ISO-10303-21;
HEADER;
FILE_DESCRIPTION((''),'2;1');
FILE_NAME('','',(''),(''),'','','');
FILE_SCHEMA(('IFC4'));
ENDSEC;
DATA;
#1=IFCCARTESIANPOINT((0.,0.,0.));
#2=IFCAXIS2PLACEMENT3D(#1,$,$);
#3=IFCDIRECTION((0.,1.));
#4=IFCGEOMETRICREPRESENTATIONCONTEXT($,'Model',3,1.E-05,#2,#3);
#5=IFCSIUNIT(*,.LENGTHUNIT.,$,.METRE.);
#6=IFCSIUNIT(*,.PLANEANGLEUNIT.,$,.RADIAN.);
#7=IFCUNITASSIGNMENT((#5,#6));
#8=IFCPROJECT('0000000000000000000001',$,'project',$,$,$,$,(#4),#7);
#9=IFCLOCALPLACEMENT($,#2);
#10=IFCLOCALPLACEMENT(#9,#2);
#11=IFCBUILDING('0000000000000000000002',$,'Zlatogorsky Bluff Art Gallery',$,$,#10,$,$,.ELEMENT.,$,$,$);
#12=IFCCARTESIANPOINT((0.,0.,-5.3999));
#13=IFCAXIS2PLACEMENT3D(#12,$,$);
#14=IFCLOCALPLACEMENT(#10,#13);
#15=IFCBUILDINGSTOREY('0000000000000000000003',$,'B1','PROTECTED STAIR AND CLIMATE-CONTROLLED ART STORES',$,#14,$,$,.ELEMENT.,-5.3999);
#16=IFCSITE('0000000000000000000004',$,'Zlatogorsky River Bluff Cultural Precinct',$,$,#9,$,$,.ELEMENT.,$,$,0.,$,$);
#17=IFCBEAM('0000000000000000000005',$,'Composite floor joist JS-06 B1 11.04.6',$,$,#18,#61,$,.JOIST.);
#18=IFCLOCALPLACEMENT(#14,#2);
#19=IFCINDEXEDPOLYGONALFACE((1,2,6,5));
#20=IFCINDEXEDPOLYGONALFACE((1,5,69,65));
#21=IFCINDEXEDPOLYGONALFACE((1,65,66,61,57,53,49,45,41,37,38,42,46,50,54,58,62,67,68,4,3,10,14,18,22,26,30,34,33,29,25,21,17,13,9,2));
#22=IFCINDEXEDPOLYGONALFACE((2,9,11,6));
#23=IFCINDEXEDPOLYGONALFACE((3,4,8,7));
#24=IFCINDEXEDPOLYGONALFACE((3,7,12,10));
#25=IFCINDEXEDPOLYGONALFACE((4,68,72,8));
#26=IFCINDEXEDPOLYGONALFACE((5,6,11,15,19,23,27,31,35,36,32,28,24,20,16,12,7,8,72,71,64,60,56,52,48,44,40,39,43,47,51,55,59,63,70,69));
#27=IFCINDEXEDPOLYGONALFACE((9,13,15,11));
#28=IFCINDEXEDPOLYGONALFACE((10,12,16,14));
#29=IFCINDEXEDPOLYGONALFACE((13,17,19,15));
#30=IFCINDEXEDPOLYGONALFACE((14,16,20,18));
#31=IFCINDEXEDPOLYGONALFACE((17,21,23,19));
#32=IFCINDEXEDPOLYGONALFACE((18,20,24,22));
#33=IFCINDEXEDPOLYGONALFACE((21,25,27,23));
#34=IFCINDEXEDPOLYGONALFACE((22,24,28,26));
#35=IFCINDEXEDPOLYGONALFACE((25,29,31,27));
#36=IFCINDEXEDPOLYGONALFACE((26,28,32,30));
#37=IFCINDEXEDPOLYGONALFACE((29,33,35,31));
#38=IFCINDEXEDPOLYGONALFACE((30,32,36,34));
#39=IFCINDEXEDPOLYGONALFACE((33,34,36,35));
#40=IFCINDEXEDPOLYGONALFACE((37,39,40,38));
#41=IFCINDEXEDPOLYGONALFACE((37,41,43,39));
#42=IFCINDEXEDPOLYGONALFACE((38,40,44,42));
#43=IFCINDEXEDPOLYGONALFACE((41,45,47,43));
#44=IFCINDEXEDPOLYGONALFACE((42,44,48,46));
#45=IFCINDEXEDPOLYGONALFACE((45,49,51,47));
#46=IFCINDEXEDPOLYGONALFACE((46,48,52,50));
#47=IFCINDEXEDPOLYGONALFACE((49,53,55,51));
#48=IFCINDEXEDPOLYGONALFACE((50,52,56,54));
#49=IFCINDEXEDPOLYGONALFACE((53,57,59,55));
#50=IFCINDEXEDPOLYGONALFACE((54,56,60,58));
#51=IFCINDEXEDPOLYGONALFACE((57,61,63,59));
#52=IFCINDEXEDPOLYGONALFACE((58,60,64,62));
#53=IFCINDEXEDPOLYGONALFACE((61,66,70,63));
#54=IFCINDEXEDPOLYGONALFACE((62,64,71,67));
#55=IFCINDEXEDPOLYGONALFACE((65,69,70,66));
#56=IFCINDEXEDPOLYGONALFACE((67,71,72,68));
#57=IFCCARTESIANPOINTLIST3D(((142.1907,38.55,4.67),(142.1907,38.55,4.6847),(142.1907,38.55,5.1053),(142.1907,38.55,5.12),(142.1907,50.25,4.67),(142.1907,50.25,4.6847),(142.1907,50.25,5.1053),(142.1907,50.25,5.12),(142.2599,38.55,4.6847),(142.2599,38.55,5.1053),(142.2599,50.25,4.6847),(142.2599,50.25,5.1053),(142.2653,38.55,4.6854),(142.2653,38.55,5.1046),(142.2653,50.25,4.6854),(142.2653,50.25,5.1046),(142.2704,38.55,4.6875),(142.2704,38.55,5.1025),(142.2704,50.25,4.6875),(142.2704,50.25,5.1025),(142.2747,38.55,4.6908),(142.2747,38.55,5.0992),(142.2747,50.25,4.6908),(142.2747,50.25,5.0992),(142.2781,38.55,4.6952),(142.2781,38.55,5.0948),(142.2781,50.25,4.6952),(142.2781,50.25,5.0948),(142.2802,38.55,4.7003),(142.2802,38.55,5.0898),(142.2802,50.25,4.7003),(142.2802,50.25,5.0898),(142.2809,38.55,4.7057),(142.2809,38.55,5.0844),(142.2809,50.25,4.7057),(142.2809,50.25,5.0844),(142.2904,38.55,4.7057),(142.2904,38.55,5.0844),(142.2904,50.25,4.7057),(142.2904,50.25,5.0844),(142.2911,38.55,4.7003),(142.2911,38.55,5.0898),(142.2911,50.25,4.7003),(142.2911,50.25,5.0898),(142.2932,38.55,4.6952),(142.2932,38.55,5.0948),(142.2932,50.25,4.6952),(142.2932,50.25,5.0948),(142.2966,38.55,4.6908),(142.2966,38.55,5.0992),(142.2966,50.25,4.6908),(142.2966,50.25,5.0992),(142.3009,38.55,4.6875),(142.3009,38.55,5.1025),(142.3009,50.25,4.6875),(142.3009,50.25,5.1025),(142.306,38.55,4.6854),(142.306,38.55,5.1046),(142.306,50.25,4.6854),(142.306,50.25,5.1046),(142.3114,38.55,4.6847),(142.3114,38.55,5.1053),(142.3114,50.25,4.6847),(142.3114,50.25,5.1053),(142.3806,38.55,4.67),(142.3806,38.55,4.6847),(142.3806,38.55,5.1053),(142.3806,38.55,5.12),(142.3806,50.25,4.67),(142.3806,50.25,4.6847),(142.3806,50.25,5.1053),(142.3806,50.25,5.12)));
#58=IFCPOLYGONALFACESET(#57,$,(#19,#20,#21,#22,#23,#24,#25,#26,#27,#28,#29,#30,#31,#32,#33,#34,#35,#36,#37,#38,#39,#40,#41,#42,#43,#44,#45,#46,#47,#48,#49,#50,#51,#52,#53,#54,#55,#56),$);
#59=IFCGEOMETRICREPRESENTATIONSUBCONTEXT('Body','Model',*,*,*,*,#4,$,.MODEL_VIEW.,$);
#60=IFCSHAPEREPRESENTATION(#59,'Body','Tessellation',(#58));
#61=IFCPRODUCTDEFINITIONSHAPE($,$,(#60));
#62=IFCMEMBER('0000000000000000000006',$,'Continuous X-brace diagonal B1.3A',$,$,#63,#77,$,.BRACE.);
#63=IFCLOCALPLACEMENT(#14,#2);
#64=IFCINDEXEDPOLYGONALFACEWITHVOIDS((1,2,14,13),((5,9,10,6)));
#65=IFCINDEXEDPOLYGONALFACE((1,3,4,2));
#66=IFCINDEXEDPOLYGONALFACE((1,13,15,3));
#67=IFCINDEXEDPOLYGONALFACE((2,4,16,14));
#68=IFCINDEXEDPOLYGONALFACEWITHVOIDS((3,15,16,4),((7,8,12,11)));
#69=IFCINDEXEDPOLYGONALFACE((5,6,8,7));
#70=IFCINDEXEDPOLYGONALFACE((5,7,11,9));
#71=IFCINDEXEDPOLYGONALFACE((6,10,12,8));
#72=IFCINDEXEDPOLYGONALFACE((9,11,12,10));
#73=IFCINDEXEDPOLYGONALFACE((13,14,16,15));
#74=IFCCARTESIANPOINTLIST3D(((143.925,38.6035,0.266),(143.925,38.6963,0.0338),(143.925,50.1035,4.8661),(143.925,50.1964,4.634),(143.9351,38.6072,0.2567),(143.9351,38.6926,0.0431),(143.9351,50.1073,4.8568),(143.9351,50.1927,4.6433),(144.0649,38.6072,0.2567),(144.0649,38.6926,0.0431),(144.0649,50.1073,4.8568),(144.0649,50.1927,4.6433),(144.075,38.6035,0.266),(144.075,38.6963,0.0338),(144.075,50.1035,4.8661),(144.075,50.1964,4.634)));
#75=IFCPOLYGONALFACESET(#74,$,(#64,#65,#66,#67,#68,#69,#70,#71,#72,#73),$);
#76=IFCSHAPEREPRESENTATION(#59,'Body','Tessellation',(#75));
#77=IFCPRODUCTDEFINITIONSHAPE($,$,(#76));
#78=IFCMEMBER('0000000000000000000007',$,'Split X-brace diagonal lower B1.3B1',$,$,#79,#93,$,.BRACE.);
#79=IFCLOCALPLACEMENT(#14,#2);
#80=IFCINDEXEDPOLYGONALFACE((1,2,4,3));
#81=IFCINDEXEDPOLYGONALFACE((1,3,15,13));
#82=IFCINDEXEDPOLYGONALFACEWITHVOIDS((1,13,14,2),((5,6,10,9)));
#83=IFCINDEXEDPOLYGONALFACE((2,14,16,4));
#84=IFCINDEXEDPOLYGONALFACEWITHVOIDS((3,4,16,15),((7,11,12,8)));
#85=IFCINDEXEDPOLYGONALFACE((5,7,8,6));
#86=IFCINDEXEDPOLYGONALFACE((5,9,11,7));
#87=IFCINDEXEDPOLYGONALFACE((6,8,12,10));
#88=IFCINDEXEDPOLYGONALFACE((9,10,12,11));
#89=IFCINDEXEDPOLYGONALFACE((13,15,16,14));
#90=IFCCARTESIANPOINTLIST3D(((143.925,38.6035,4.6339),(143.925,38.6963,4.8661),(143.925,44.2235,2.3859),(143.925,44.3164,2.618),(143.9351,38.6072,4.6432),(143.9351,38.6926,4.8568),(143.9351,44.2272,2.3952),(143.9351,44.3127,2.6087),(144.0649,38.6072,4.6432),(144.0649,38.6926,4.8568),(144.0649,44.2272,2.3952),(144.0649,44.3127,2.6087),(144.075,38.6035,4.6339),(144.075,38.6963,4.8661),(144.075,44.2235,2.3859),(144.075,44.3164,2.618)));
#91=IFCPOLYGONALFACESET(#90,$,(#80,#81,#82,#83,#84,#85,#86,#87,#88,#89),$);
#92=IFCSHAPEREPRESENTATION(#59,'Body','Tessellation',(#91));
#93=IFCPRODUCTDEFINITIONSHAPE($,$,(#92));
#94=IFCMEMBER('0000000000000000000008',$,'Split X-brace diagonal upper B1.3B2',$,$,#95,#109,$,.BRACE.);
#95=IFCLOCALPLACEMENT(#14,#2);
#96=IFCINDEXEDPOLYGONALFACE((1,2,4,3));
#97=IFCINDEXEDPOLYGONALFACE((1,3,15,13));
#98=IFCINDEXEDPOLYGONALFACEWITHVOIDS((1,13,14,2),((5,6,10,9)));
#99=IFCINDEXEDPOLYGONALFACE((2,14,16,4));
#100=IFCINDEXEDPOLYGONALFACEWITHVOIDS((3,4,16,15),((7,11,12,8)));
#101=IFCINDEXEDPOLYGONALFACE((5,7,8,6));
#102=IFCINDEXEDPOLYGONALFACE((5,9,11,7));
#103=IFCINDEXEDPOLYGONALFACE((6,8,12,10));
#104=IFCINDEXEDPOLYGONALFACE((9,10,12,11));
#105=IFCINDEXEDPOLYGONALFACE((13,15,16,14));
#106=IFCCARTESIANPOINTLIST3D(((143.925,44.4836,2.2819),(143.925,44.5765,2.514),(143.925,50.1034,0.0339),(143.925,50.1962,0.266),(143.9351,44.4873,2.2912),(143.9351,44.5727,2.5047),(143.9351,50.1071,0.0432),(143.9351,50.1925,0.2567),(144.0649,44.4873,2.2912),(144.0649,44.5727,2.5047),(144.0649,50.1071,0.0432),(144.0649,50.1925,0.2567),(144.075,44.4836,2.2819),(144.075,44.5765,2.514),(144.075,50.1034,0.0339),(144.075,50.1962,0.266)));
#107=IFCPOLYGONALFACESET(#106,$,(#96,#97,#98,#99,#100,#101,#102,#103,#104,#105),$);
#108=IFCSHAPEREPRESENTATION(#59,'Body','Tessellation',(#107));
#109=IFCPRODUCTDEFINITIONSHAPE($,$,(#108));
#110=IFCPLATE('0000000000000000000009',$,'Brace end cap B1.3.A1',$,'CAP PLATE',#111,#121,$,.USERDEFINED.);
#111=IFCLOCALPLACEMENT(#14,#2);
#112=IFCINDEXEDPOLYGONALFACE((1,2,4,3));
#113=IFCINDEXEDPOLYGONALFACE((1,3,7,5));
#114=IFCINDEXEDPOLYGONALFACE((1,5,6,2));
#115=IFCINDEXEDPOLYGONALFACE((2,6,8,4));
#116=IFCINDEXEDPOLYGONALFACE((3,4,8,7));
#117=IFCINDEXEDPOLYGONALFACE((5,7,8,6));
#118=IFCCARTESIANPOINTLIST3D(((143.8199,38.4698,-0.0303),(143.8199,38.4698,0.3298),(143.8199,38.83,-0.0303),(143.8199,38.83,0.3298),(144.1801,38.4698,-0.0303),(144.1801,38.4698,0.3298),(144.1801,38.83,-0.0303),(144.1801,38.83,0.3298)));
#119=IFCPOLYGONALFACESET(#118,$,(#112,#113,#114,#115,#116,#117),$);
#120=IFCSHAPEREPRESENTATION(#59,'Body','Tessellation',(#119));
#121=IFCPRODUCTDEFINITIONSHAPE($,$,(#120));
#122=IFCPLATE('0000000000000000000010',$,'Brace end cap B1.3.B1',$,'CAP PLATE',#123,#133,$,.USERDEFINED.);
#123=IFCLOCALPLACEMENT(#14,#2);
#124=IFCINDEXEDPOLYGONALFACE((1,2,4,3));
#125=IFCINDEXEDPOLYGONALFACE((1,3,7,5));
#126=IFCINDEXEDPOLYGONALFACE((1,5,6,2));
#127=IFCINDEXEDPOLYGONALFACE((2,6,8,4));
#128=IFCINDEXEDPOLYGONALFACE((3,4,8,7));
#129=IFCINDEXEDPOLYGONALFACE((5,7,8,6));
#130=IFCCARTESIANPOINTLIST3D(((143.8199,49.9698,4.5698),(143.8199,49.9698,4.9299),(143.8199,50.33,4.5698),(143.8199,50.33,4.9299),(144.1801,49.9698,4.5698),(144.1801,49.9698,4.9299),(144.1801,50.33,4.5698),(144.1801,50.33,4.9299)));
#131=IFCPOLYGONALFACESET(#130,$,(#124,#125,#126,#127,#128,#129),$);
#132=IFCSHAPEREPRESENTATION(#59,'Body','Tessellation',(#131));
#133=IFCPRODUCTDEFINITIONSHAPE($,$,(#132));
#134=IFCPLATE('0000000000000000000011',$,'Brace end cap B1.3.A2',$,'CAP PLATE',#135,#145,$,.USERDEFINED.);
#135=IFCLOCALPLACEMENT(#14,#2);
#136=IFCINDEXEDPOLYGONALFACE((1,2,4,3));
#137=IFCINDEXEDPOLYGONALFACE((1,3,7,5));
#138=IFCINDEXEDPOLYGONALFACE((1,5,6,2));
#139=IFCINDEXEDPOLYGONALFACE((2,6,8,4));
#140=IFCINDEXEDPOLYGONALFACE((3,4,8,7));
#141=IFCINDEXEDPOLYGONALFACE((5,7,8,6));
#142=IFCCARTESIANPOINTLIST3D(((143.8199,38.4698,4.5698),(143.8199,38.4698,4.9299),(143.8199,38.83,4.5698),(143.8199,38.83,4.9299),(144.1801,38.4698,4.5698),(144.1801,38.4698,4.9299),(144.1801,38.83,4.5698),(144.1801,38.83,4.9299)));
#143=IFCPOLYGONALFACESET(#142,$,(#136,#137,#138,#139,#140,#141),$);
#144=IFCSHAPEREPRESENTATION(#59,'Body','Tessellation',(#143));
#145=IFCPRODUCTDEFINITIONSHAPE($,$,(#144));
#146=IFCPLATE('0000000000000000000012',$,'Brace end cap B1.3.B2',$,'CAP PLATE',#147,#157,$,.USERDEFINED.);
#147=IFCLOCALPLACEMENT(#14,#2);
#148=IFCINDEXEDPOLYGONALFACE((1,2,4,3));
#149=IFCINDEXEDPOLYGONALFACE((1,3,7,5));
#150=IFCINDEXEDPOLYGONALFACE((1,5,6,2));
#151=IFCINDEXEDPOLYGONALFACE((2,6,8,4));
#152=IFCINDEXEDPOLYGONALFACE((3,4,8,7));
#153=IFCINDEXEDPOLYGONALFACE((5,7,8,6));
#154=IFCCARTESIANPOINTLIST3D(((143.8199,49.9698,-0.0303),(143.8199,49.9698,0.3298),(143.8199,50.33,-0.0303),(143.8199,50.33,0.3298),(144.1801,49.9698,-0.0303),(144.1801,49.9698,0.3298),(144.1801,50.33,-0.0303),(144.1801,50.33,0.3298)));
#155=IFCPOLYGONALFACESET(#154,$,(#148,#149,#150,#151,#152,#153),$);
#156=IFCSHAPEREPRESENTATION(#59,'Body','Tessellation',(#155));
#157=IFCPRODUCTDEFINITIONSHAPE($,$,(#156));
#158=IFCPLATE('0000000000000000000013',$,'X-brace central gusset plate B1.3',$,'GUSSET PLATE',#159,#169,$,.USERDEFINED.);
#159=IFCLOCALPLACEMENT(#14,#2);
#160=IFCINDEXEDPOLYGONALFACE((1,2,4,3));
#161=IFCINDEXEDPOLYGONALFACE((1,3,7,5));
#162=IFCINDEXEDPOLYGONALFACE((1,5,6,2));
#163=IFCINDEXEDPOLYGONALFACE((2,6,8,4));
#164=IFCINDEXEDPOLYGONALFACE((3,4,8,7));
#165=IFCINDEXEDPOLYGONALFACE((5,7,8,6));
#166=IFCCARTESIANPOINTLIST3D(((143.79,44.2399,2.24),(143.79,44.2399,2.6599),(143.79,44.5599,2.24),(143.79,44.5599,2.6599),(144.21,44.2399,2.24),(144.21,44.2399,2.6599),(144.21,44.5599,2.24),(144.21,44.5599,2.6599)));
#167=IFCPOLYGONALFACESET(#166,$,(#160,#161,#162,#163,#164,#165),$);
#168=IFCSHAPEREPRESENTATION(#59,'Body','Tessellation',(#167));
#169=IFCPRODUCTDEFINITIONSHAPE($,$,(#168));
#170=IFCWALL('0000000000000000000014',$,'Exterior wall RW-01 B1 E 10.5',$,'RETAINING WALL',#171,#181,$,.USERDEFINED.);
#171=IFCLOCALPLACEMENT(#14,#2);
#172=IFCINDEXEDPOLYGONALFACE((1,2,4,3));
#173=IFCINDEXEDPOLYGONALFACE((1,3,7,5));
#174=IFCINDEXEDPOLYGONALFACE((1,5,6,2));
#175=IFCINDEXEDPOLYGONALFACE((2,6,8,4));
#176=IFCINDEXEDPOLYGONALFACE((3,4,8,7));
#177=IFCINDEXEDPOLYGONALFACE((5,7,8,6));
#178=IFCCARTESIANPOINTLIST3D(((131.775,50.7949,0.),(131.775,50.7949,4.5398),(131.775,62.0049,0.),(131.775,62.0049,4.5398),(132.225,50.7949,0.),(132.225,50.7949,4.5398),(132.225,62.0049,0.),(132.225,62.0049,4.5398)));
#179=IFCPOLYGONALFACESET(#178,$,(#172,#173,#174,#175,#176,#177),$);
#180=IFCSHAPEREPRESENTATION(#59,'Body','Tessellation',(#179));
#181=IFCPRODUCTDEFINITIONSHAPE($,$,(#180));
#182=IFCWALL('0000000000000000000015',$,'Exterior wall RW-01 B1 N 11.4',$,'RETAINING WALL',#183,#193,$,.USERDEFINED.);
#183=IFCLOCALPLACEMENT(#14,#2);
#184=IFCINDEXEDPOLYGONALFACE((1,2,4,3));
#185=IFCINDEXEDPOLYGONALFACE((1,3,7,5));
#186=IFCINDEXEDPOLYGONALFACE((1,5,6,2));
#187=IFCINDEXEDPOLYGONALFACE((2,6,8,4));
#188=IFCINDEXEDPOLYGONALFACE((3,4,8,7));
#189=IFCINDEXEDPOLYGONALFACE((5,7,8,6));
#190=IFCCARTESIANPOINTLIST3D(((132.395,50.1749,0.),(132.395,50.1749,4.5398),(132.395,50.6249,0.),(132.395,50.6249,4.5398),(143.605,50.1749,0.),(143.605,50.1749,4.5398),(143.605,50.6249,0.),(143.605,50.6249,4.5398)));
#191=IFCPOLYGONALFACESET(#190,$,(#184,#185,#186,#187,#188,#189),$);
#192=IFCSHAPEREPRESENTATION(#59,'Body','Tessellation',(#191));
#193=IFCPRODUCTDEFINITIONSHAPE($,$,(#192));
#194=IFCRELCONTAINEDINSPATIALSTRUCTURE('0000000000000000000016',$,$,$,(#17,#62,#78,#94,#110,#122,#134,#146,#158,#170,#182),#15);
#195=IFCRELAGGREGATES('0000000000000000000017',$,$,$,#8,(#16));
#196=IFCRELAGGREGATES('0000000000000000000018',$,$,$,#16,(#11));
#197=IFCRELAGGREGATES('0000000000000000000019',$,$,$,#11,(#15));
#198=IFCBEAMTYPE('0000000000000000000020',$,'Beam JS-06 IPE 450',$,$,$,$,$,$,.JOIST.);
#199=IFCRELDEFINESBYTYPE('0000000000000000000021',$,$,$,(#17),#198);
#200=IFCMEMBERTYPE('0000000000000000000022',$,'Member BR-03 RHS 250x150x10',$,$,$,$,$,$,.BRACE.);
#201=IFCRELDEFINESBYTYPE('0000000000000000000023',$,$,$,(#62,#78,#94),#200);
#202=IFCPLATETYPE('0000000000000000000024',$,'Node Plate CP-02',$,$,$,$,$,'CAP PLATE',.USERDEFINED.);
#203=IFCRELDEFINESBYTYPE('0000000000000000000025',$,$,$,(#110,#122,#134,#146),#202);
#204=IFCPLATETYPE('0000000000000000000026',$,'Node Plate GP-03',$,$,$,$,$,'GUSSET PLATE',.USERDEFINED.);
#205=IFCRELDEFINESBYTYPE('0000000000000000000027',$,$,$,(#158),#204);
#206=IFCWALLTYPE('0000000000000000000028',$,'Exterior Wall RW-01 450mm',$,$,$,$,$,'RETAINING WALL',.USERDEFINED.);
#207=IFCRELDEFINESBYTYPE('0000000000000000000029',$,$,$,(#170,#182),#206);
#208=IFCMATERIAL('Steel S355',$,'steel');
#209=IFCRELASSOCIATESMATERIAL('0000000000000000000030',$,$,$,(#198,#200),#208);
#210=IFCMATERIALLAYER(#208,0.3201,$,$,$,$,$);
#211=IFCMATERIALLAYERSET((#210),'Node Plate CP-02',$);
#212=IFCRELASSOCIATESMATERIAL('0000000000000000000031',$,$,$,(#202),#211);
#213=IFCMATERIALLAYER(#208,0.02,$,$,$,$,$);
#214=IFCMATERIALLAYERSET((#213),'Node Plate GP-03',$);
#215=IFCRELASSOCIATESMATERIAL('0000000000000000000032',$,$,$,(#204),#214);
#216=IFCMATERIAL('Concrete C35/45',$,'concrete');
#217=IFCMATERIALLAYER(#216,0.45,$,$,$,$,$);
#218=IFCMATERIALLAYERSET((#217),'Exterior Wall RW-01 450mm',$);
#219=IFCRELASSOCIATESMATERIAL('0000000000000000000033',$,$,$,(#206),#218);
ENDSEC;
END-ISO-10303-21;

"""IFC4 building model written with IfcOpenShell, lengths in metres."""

from ifc_helpers import new_model, si_unit, direction, frame, frame_2d, origin, origin_2d, place, context, subcontext, project, spatial, rectangle, hollow_rectangle, i_section, extrude, material, layer, layer_set, material_profile, profile_set, type_object, element, save


model = new_model("IFC4")

# Units and contexts
model_context = context("Model", 3, precision=1e-05, world=origin(), true_north=direction((0.0, 1.0)))
body_context = subcontext(model_context, "Body", "Model", "MODEL_VIEW")
ifc_project = project(units=[si_unit("LENGTHUNIT", "METRE"), si_unit("PLANEANGLEUNIT", "RADIAN")], contexts=[model_context])

# Site, building, storey
site_placement = place(None, origin())
site = spatial("IfcSite", under=ifc_project, at=site_placement, Name="Zlatogorsky River Bluff Cultural Precinct", CompositionType="ELEMENT", RefElevation=0.0)
building_placement = place(site_placement, origin())
building = spatial("IfcBuilding", under=site, at=building_placement, Name="Zlatogorsky Bluff Art Gallery", CompositionType="ELEMENT")
storey_placement = place(building_placement, frame((0.0, 0.0, -5.3999)))
storey = spatial("IfcBuildingStorey", under=building, at=storey_placement, Name="B1", Description="PROTECTED STAIR AND CLIMATE-CONTROLLED ART STORES", CompositionType="ELEMENT", Elevation=-5.3999)

# Shared definitions
ifc_material_1 = material(Name="Concrete C35/45", Category="concrete")

# Beam
ifc_material_2 = material(Name="Steel S355", Category="steel")
ifc_material_profile_1 = material_profile(ifc_material_2, i_section(OverallWidth=0.1899, OverallDepth=0.45, WebThickness=0.0095, FlangeThickness=0.0146, FilletRadius=0.021, at=origin_2d()), Name="IPE 450")
ifc_profile_set_1 = profile_set([ifc_material_profile_1], Name="Steel S355")
beam_type_1 = type_object("IfcBeamType", Name="Beam JS-06 IPE 450", PredefinedType="JOIST", material=ifc_profile_set_1)
for number, where, z_axis, x_axis, name in (
    (1, (142.2856, 38.55, 4.895), (0.0, 1.0, 0.0), (-1.0, 0.0, 0.0), "Composite floor joist JS-06 B1 11.04.6"),
):
    element("IfcBeam", number, at=place(storey_placement, frame(where, z_axis=z_axis, x_axis=x_axis)), inside=storey, type_object=beam_type_1, Name=name, PredefinedType="JOIST", context=body_context, shape_type="SweptSolid", body=[
        extrude(i_section(OverallWidth=0.1899, OverallDepth=0.45, WebThickness=0.0095, FlangeThickness=0.0146, FilletRadius=0.021, at=origin_2d()), origin(), (0.0, 0.0, 1.0), 11.7),
    ])

# Members
ifc_material_profile_2 = material_profile(ifc_material_2, hollow_rectangle(XDim=0.1499, YDim=0.25, WallThickness=0.01, at=origin_2d()), Name="RHS 250x150x10")
ifc_profile_set_2 = profile_set([ifc_material_profile_2], Name="Steel S355")
member_type = type_object("IfcMemberType", Name="Member BR-03 RHS 250x150x10", PredefinedType="BRACE", material=ifc_profile_set_2)
member_1_placement = place(storey_placement, frame((144.0, 38.6499, 0.1499), z_axis=(0.0, 0.928474, 0.371397), x_axis=(-1.0, 0.0, 0.0)))
element("IfcMember", 2, at=member_1_placement, inside=storey, type_object=member_type, Name="Continuous X-brace diagonal B1.3A", PredefinedType="BRACE", context=body_context, shape_type="SweptSolid", body=[
    extrude(hollow_rectangle(XDim=0.1499, YDim=0.25, WallThickness=0.01, at=origin_2d()), origin(), (0.0, 0.0, 1.0), 12.386),
])
member_2_placement = place(storey_placement, frame((144.0, 38.6499, 4.75), z_axis=(0.0, 0.928477, -0.371391), x_axis=(-1.0, 0.0, 0.0)))
element("IfcMember", 3, at=member_2_placement, inside=storey, type_object=member_type, Name="Split X-brace diagonal lower B1.3B1", PredefinedType="BRACE", context=body_context, shape_type="SweptSolid", body=[
    extrude(hollow_rectangle(XDim=0.1499, YDim=0.25, WallThickness=0.01, at=origin_2d()), origin(), (0.0, 0.0, 1.0), 6.053),
])
member_3_placement = place(storey_placement, frame((144.0, 44.53, 2.3979), z_axis=(0.0, 0.928471, -0.371405), x_axis=(-1.0, 0.0, 0.0)))
element("IfcMember", 4, at=member_3_placement, inside=storey, type_object=member_type, Name="Split X-brace diagonal upper B1.3B2", PredefinedType="BRACE", context=body_context, shape_type="SweptSolid", body=[
    extrude(hollow_rectangle(XDim=0.1499, YDim=0.25, WallThickness=0.01, at=origin_2d()), origin(), (0.0, 0.0, 1.0), 6.0527),
])

# Plates
ifc_layer_1 = layer(ifc_material_2, 0.3201)
ifc_layer_set_1 = layer_set([ifc_layer_1], Name="Node Plate CP-02")
plate_type_1 = type_object("IfcPlateType", Name="Node Plate CP-02", ElementType="CAP PLATE", PredefinedType="USERDEFINED", material=ifc_layer_set_1)
for number, where, z_axis, x_axis, name in (
    (5, (144.0, 38.6499, -0.0303), (0.0, 0.0, 1.0), (1.0, 0.0, 0.0), "Brace end cap B1.3.A1"),
    (6, (144.0, 50.1499, 4.5698), (0.0, 0.0, 1.0), (1.0, 0.0, 0.0), "Brace end cap B1.3.B1"),
    (7, (144.0, 38.6499, 4.5698), (0.0, 0.0, 1.0), (1.0, 0.0, 0.0), "Brace end cap B1.3.A2"),
    (8, (144.0, 50.1499, -0.0303), (0.0, 0.0, 1.0), (1.0, 0.0, 0.0), "Brace end cap B1.3.B2"),
):
    element("IfcPlate", number, at=place(storey_placement, frame(where, z_axis=z_axis, x_axis=x_axis)), inside=storey, type_object=plate_type_1, Name=name, ObjectType="CAP PLATE", PredefinedType="USERDEFINED", context=body_context, shape_type="SweptSolid", body=[
        extrude(rectangle(XDim=0.3601, YDim=0.3601, at=origin_2d()), origin(), (0.0, 0.0, 1.0), 0.3601),
    ])
ifc_layer_2 = layer(ifc_material_2, 0.02)
ifc_layer_set_2 = layer_set([ifc_layer_2], Name="Node Plate GP-03")
plate_type_2 = type_object("IfcPlateType", Name="Node Plate GP-03", ElementType="GUSSET PLATE", PredefinedType="USERDEFINED", material=ifc_layer_set_2)
plate_placement = place(storey_placement, frame((144.0, 44.3999, 2.24), z_axis=(0.0, 0.0, 1.0), x_axis=(1.0, 0.0, 0.0)))
element("IfcPlate", 9, at=plate_placement, inside=storey, type_object=plate_type_2, Name="X-brace central gusset plate B1.3", ObjectType="GUSSET PLATE", PredefinedType="USERDEFINED", context=body_context, shape_type="SweptSolid", body=[
    extrude(rectangle(XDim=0.4199, YDim=0.3201, at=origin_2d()), origin(), (0.0, 0.0, 1.0), 0.4199),
])

# Walls
ifc_layer_3 = layer(ifc_material_1, 0.45)
ifc_layer_set_3 = layer_set([ifc_layer_3], Name="Exterior Wall RW-01 450mm")
wall_type = type_object("IfcWallType", Name="Exterior Wall RW-01 450mm", ElementType="RETAINING WALL", PredefinedType="USERDEFINED", material=ifc_layer_set_3)
for number, where, z_axis, x_axis, name in (
    (10, (132.0, 50.7949, 0.0), (0.0, 0.0, 1.0), (0.0, 1.0, 0.0), "Exterior wall RW-01 B1 E 10.5"),
    (11, (143.605, 50.3999, 0.0), (0.0, 0.0, 1.0), (-1.0, 0.0, 0.0), "Exterior wall RW-01 B1 N 11.4"),
):
    element("IfcWall", number, at=place(storey_placement, frame(where, z_axis=z_axis, x_axis=x_axis)), inside=storey, type_object=wall_type, Name=name, ObjectType="RETAINING WALL", PredefinedType="USERDEFINED", context=body_context, shape_type="SweptSolid", body=[
        extrude(rectangle(XDim=11.21, YDim=0.45, at=frame_2d((5.605, 0.0))), origin(), (0.0, 0.0, 1.0), 4.5398),
    ])

save(model, "model.ifc")
